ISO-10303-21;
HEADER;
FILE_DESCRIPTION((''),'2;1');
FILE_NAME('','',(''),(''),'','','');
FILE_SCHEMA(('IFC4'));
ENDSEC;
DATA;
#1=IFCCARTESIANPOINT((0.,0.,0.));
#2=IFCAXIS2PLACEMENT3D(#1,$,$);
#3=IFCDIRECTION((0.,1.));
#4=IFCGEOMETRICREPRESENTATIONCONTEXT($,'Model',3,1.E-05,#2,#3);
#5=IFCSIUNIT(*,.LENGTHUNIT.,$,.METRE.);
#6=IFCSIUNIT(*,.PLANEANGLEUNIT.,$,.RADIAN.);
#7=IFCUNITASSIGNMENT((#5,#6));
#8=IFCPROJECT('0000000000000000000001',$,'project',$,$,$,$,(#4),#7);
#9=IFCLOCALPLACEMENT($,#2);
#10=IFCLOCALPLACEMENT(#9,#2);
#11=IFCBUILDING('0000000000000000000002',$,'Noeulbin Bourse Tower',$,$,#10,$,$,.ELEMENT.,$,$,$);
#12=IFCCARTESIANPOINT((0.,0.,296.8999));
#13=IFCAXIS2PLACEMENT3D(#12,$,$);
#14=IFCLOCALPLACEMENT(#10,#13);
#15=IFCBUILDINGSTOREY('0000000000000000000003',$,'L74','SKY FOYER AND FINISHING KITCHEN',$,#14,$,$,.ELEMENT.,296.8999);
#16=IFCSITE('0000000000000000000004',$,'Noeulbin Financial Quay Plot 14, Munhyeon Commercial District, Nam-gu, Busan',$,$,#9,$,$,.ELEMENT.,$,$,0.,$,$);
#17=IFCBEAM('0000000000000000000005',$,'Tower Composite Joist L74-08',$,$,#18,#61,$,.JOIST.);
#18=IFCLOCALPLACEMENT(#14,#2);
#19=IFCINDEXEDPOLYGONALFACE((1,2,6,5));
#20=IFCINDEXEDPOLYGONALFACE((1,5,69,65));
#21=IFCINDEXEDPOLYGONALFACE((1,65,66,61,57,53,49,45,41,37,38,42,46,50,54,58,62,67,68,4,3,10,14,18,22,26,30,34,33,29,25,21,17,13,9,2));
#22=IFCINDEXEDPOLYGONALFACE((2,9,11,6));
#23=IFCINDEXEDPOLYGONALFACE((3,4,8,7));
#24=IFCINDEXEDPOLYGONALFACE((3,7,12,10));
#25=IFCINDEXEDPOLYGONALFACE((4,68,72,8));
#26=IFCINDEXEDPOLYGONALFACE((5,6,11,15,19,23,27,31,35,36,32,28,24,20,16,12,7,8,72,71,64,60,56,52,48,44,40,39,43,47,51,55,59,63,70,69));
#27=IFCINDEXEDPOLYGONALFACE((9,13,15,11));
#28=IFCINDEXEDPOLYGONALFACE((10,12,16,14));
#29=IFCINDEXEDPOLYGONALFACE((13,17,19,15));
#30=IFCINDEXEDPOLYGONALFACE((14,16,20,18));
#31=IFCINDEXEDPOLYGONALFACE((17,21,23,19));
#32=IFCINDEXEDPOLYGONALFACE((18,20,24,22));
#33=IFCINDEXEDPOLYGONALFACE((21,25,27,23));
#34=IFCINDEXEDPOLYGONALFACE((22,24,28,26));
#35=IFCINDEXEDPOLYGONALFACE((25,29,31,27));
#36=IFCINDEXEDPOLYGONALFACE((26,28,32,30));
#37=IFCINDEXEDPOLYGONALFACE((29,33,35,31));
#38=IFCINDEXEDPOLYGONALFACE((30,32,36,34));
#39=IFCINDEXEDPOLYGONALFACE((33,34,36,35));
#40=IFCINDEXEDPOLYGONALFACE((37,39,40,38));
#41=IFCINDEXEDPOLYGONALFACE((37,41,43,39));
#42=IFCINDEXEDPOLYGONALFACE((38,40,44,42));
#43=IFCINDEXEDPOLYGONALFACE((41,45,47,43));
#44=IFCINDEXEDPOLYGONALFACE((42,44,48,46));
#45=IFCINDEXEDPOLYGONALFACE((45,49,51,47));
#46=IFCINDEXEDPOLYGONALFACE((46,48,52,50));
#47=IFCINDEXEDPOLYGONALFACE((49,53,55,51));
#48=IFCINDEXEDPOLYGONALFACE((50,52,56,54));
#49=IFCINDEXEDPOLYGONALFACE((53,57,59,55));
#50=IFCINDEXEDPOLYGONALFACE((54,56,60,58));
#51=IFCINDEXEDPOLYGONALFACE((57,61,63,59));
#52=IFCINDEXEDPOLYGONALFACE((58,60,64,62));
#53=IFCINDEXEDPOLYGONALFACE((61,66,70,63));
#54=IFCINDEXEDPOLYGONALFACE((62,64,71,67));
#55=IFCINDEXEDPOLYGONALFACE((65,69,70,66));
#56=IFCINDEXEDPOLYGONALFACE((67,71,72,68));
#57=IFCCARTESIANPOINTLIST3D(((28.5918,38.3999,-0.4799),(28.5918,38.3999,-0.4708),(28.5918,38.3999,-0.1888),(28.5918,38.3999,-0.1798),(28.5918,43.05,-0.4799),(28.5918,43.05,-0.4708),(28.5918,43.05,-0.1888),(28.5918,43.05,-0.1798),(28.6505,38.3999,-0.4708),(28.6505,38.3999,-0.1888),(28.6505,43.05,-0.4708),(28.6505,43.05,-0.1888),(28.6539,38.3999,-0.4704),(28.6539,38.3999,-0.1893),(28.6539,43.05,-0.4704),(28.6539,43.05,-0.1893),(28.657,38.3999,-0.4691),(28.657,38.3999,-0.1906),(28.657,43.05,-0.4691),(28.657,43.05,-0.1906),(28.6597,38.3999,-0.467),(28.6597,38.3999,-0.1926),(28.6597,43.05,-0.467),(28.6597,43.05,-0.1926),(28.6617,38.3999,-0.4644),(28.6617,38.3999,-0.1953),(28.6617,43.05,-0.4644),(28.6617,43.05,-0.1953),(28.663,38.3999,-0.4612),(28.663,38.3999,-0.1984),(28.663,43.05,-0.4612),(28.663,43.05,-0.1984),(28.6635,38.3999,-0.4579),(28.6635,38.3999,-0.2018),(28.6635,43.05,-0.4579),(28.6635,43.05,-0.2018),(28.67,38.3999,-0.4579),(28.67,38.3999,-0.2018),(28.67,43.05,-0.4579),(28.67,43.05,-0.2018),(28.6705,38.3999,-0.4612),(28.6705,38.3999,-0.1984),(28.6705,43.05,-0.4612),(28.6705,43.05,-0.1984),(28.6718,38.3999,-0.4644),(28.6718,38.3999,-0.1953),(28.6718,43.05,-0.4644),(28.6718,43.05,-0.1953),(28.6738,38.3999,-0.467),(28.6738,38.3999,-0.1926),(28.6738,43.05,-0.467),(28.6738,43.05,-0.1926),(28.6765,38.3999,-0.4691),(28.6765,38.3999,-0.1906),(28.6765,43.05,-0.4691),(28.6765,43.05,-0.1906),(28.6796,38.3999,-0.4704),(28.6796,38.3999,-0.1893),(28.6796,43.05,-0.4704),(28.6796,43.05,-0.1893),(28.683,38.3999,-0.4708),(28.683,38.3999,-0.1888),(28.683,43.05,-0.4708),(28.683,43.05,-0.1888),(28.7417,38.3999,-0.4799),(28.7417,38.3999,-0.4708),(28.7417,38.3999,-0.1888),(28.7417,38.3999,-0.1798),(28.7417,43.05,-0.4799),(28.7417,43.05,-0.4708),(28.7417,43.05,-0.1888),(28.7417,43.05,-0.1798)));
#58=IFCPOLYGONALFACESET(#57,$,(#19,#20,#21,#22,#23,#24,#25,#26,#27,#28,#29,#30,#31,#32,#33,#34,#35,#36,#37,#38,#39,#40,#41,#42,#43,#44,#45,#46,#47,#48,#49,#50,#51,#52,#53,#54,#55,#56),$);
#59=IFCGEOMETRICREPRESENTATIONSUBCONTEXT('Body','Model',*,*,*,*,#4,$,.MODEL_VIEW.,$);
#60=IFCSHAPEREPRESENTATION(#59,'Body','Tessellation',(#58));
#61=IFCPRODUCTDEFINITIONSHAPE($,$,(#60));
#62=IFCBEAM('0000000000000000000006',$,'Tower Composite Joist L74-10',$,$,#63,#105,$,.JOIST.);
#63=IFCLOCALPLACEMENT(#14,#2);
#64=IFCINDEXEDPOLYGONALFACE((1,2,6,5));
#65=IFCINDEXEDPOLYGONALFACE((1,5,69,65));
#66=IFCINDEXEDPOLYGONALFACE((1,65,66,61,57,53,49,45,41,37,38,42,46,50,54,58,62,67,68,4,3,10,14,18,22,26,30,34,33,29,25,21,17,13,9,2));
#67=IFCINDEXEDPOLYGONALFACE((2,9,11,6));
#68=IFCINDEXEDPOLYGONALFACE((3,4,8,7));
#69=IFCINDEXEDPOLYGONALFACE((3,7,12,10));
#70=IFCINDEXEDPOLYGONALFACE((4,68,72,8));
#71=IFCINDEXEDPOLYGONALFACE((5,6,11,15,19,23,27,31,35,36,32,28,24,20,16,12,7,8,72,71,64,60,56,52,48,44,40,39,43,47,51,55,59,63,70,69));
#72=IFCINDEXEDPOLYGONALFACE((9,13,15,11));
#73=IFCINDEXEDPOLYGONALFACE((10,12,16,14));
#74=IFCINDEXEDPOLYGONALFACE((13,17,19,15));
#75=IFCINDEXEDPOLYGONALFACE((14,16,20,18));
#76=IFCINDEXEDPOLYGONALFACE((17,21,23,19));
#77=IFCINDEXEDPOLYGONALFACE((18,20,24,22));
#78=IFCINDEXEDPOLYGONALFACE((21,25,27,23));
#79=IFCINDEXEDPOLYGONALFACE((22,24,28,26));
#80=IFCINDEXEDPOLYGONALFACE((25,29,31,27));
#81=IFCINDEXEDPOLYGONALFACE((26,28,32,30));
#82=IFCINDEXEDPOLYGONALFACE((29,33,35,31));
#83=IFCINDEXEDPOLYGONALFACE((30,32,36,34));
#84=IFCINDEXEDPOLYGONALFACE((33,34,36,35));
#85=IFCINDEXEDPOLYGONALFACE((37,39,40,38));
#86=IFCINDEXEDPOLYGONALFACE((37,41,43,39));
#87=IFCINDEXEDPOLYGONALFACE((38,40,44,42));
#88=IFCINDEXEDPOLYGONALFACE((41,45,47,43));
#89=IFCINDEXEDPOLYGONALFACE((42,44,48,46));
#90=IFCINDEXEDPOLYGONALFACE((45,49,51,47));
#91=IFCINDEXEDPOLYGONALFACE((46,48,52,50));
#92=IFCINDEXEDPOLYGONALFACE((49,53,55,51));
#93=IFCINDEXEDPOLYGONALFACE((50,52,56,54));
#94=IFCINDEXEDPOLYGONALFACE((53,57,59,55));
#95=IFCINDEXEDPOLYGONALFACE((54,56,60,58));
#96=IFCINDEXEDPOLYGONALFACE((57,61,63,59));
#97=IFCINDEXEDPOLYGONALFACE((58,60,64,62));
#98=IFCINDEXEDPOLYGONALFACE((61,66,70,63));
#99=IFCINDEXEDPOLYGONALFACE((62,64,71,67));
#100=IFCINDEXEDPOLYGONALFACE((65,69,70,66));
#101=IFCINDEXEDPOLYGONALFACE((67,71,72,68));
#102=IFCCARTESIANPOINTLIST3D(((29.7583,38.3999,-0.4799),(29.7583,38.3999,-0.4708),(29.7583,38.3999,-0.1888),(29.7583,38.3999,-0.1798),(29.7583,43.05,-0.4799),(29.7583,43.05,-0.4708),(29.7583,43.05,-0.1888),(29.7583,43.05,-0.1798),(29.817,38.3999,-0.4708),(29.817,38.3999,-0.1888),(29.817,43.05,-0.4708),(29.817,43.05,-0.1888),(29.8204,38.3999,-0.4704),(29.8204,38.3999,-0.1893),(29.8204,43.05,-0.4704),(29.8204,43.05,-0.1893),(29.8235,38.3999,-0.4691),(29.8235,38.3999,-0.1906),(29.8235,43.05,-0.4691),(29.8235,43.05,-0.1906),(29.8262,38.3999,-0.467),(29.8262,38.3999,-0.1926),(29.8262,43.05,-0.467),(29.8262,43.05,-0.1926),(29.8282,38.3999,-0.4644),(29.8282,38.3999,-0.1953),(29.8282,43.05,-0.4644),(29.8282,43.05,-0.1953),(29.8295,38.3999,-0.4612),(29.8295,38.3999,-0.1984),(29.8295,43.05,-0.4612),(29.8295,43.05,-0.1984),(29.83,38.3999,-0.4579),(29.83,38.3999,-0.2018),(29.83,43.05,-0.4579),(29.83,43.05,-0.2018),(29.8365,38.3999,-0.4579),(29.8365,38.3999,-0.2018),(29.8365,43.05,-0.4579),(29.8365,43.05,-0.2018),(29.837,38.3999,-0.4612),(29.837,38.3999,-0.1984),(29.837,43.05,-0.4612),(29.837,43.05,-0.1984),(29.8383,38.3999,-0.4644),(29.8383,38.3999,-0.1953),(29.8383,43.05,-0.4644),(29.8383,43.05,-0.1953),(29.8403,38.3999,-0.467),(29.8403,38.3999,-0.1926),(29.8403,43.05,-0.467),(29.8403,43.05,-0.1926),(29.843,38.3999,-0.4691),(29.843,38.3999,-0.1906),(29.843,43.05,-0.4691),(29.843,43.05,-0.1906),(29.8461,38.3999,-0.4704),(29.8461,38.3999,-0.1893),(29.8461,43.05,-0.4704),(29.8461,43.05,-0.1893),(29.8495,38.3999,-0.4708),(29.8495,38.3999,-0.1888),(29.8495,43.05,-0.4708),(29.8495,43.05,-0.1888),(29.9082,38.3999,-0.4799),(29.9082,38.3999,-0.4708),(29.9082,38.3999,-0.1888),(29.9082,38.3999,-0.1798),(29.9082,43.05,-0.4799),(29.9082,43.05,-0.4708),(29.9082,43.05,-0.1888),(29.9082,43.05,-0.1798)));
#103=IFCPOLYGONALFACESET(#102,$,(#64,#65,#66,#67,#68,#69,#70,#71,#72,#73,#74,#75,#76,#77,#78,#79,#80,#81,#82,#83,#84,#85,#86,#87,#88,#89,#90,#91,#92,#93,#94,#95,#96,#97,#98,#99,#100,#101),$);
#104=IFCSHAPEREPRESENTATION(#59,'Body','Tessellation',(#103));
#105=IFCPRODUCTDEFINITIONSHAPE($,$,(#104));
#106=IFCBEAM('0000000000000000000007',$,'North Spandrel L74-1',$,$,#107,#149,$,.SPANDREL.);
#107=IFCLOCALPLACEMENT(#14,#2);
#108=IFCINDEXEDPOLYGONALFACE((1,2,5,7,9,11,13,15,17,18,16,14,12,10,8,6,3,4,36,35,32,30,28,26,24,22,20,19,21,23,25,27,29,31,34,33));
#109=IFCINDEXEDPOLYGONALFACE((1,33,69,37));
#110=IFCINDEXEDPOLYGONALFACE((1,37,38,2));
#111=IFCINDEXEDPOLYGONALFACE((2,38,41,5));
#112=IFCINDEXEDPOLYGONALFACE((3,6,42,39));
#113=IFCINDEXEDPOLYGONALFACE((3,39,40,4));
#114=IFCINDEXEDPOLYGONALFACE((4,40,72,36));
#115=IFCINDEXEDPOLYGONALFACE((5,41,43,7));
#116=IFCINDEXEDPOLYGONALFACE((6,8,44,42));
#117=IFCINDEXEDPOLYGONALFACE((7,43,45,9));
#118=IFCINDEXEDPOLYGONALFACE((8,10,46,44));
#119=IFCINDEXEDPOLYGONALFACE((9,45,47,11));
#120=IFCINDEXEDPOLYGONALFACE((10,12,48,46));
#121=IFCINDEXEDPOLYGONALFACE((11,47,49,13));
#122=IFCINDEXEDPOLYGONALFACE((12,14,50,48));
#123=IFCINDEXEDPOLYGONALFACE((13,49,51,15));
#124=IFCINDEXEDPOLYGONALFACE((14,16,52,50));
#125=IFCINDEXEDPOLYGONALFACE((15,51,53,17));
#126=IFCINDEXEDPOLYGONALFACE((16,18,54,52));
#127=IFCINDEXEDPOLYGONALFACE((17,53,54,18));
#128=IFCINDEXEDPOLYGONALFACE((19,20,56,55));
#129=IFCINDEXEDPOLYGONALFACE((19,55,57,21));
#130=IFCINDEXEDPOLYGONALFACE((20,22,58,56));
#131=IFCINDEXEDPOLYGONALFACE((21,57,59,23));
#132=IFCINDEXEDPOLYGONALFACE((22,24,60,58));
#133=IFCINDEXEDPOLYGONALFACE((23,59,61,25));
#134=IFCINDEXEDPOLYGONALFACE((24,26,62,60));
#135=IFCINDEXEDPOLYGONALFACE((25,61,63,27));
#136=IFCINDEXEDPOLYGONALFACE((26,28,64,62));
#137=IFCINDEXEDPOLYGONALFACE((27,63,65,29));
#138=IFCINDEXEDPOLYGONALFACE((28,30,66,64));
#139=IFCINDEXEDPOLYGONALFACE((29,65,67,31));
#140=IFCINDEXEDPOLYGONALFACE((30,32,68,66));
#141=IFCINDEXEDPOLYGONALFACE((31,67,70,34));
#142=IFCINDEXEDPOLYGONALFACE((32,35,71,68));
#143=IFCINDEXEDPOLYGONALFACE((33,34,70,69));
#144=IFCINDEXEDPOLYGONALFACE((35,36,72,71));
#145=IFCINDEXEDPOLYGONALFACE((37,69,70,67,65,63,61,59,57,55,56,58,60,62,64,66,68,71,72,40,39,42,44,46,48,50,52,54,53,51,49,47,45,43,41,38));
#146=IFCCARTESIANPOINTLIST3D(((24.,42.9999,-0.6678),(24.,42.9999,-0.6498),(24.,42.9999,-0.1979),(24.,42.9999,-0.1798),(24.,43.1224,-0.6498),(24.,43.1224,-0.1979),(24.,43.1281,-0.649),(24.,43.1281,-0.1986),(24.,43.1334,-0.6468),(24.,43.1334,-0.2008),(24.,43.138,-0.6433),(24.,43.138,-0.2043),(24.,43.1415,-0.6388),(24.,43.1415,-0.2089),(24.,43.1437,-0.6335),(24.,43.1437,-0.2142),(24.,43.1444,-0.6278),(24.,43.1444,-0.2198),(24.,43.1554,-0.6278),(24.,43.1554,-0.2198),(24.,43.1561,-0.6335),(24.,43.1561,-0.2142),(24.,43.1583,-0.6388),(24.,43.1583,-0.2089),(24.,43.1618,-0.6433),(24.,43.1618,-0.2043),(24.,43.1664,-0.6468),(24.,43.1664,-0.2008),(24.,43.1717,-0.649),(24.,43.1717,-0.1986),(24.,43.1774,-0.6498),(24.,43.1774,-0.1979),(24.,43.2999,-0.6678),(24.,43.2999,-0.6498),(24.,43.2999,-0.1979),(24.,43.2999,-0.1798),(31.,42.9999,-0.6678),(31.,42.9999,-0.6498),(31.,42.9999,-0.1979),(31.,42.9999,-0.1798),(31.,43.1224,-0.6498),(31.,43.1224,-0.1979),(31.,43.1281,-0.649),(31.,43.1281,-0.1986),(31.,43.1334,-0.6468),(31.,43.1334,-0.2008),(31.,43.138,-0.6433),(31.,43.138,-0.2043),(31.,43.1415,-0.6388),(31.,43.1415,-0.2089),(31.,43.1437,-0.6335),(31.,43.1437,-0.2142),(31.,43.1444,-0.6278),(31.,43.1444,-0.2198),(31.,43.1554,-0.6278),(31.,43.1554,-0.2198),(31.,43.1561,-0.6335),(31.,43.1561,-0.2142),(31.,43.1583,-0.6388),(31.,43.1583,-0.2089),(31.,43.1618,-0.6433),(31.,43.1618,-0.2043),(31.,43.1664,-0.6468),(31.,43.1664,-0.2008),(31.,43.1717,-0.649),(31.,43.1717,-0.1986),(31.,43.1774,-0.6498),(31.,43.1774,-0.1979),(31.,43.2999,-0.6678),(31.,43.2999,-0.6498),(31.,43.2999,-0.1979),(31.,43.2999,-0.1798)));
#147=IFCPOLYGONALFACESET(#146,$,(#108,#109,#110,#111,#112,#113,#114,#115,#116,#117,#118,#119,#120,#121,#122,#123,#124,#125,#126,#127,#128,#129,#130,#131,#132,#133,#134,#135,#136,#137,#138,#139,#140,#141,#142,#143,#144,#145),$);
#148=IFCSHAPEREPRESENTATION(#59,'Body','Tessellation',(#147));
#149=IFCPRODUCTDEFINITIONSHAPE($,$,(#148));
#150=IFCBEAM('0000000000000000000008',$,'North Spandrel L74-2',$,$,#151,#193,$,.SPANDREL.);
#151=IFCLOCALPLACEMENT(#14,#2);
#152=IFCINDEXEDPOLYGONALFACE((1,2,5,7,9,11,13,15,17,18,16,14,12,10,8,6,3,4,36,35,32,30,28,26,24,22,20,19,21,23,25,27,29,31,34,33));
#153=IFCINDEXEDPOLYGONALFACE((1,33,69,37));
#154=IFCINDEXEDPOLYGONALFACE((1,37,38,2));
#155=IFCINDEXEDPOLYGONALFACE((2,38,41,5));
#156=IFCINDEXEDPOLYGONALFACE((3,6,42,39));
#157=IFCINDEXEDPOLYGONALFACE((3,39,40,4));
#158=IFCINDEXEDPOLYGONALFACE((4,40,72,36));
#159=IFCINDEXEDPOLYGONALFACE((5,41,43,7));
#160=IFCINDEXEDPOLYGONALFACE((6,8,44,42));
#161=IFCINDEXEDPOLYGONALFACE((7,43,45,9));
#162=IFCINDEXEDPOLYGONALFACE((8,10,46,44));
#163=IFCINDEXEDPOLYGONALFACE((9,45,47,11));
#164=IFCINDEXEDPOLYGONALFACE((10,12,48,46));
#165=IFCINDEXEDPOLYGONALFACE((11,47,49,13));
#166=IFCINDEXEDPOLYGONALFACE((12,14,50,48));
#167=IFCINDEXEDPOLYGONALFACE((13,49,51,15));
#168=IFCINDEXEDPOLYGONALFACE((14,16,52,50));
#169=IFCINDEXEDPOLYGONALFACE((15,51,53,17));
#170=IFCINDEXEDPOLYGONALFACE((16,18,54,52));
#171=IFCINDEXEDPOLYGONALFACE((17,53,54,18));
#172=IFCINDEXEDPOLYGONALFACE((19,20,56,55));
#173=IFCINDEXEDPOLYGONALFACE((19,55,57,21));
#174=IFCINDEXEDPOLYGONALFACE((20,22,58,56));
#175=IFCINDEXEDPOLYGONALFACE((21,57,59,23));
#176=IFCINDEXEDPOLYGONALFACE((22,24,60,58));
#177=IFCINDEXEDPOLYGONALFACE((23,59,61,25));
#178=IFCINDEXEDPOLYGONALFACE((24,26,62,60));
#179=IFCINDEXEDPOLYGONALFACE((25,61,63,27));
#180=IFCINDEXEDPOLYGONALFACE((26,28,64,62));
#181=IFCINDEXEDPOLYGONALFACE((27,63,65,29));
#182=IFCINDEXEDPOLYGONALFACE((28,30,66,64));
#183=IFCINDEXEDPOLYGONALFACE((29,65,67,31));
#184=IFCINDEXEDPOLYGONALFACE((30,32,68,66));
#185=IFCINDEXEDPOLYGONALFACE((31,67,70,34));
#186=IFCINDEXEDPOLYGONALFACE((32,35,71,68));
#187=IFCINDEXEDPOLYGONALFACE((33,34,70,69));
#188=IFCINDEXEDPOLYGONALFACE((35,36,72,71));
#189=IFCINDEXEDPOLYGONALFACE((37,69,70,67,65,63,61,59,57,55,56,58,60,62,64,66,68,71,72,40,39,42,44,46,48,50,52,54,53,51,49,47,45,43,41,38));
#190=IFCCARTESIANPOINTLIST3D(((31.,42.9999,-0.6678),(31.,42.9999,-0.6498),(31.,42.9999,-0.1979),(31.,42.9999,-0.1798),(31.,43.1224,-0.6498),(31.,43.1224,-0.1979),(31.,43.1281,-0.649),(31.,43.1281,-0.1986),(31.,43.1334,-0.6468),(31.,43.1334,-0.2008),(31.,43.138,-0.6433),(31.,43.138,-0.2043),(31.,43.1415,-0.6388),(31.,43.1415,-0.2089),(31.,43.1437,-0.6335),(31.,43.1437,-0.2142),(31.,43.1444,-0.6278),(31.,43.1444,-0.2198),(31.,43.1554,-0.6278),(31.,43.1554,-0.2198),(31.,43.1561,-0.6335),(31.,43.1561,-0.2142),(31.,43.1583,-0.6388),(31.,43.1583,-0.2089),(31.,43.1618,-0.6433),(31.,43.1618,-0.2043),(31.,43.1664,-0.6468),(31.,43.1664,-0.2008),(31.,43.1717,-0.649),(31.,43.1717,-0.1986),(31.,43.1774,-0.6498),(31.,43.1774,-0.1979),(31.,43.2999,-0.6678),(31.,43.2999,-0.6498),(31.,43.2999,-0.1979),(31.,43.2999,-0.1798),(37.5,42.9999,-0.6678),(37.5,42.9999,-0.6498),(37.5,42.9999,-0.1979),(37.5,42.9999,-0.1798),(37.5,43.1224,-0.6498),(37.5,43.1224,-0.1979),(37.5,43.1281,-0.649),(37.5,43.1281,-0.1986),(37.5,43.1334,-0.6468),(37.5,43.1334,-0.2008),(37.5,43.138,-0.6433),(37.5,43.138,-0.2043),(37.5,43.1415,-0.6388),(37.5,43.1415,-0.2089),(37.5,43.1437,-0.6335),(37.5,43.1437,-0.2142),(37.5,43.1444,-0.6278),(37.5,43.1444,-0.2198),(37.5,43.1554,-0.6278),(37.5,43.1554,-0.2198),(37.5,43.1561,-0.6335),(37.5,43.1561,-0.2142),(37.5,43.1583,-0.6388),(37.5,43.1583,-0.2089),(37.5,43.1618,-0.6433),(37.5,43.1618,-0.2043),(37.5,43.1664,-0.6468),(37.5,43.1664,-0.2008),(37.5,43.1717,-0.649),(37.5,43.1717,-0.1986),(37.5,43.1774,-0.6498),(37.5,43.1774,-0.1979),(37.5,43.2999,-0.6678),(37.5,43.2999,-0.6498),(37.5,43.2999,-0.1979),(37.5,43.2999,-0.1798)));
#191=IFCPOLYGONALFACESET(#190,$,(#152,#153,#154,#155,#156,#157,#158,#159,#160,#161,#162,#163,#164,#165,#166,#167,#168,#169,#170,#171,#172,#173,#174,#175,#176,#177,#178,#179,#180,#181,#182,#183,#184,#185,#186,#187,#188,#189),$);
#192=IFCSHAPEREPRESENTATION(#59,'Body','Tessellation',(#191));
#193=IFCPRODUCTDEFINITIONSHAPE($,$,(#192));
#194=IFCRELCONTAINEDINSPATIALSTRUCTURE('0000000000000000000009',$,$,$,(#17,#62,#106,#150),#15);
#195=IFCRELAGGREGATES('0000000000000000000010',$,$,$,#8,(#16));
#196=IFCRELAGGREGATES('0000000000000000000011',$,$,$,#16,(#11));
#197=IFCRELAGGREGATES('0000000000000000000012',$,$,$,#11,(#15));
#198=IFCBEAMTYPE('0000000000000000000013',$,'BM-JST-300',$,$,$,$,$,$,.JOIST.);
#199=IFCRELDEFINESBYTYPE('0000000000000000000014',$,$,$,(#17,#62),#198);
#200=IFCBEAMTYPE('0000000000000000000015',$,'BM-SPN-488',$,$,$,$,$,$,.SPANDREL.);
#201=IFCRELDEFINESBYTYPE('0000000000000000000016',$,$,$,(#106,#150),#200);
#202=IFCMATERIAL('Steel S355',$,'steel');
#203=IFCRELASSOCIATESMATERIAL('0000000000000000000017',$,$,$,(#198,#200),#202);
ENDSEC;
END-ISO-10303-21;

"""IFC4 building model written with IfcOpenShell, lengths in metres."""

from ifc_helpers import new_model, si_unit, direction, frame, origin, origin_2d, place, context, subcontext, project, spatial, i_section, extrude, material, material_profile, profile_set, type_object, element, save


model = new_model("IFC4")

# Units and contexts
model_context = context("Model", 3, precision=1e-05, world=origin(), true_north=direction((0.0, 1.0)))
body_context = subcontext(model_context, "Body", "Model", "MODEL_VIEW")
ifc_project = project(units=[si_unit("LENGTHUNIT", "METRE"), si_unit("PLANEANGLEUNIT", "RADIAN")], contexts=[model_context])

# Site, building, storey
site_placement = place(None, origin())
site = spatial("IfcSite", under=ifc_project, at=site_placement, Name="Noeulbin Financial Quay Plot 14, Munhyeon Commercial District, Nam-gu, Busan", CompositionType="ELEMENT", RefElevation=0.0)
building_placement = place(site_placement, origin())
building = spatial("IfcBuilding", under=site, at=building_placement, Name="Noeulbin Bourse Tower", CompositionType="ELEMENT")
storey_placement = place(building_placement, frame((0.0, 0.0, 296.8999)))
storey = spatial("IfcBuildingStorey", under=building, at=storey_placement, Name="L74", Description="SKY FOYER AND FINISHING KITCHEN", CompositionType="ELEMENT", Elevation=296.8999)

# Shared definitions
ifc_material_1 = material(Name="Steel S355", Category="steel")

# Beams
ifc_material_profile_1 = material_profile(ifc_material_1, i_section(OverallWidth=0.1499, OverallDepth=0.3, WebThickness=0.0066, FlangeThickness=0.009, FilletRadius=0.0129, at=origin_2d()), Name="H-300x150x6.5x9", Category="LoadBearing")
ifc_profile_set_1 = profile_set([ifc_material_profile_1], Name="Steel S355")
beam_type_1 = type_object("IfcBeamType", Name="BM-JST-300", PredefinedType="JOIST", material=ifc_profile_set_1)
for number, where, z_axis, x_axis, name in (
    (1, (28.6667, 38.3999, -0.3298), (0.0, 1.0, 0.0), (-1.0, 0.0, 0.0), "Tower Composite Joist L74-08"),
    (2, (29.8333, 38.3999, -0.3298), (0.0, 1.0, 0.0), (-1.0, 0.0, 0.0), "Tower Composite Joist L74-10"),
):
    element("IfcBeam", number, at=place(storey_placement, frame(where, z_axis=z_axis, x_axis=x_axis)), inside=storey, type_object=beam_type_1, Name=name, PredefinedType="JOIST", context=body_context, shape_type="SweptSolid", body=[
        extrude(i_section(OverallWidth=0.1499, OverallDepth=0.3, WebThickness=0.0066, FlangeThickness=0.009, FilletRadius=0.0129, at=origin_2d()), origin(), (0.0, 0.0, 1.0), 4.6501),
    ])
ifc_material_profile_2 = material_profile(ifc_material_1, i_section(OverallWidth=0.3, OverallDepth=0.488, WebThickness=0.011, FlangeThickness=0.0181, FilletRadius=0.022, at=origin_2d()), Name="H-488x300x11x18", Category="LoadBearing")
ifc_profile_set_2 = profile_set([ifc_material_profile_2], Name="Steel S355")
beam_type_2 = type_object("IfcBeamType", Name="BM-SPN-488", PredefinedType="SPANDREL", material=ifc_profile_set_2)
beam_1_placement = place(storey_placement, frame((24.0, 43.1499, -0.4238), z_axis=(1.0, 0.0, 0.0), x_axis=(0.0, 1.0, 0.0)))
element("IfcBeam", 3, at=beam_1_placement, inside=storey, type_object=beam_type_2, Name="North Spandrel L74-1", PredefinedType="SPANDREL", context=body_context, shape_type="SweptSolid", body=[
    extrude(i_section(OverallWidth=0.3, OverallDepth=0.488, WebThickness=0.011, FlangeThickness=0.0181, FilletRadius=0.022, at=origin_2d()), origin(), (0.0, 0.0, 1.0), 7.0),
])
beam_2_placement = place(storey_placement, frame((31.0, 43.1499, -0.4238), z_axis=(1.0, 0.0, 0.0), x_axis=(0.0, 1.0, 0.0)))
element("IfcBeam", 4, at=beam_2_placement, inside=storey, type_object=beam_type_2, Name="North Spandrel L74-2", PredefinedType="SPANDREL", context=body_context, shape_type="SweptSolid", body=[
    extrude(i_section(OverallWidth=0.3, OverallDepth=0.488, WebThickness=0.011, FlangeThickness=0.0181, FilletRadius=0.022, at=origin_2d()), origin(), (0.0, 0.0, 1.0), 6.5),
])

save(model, "model.ifc")
